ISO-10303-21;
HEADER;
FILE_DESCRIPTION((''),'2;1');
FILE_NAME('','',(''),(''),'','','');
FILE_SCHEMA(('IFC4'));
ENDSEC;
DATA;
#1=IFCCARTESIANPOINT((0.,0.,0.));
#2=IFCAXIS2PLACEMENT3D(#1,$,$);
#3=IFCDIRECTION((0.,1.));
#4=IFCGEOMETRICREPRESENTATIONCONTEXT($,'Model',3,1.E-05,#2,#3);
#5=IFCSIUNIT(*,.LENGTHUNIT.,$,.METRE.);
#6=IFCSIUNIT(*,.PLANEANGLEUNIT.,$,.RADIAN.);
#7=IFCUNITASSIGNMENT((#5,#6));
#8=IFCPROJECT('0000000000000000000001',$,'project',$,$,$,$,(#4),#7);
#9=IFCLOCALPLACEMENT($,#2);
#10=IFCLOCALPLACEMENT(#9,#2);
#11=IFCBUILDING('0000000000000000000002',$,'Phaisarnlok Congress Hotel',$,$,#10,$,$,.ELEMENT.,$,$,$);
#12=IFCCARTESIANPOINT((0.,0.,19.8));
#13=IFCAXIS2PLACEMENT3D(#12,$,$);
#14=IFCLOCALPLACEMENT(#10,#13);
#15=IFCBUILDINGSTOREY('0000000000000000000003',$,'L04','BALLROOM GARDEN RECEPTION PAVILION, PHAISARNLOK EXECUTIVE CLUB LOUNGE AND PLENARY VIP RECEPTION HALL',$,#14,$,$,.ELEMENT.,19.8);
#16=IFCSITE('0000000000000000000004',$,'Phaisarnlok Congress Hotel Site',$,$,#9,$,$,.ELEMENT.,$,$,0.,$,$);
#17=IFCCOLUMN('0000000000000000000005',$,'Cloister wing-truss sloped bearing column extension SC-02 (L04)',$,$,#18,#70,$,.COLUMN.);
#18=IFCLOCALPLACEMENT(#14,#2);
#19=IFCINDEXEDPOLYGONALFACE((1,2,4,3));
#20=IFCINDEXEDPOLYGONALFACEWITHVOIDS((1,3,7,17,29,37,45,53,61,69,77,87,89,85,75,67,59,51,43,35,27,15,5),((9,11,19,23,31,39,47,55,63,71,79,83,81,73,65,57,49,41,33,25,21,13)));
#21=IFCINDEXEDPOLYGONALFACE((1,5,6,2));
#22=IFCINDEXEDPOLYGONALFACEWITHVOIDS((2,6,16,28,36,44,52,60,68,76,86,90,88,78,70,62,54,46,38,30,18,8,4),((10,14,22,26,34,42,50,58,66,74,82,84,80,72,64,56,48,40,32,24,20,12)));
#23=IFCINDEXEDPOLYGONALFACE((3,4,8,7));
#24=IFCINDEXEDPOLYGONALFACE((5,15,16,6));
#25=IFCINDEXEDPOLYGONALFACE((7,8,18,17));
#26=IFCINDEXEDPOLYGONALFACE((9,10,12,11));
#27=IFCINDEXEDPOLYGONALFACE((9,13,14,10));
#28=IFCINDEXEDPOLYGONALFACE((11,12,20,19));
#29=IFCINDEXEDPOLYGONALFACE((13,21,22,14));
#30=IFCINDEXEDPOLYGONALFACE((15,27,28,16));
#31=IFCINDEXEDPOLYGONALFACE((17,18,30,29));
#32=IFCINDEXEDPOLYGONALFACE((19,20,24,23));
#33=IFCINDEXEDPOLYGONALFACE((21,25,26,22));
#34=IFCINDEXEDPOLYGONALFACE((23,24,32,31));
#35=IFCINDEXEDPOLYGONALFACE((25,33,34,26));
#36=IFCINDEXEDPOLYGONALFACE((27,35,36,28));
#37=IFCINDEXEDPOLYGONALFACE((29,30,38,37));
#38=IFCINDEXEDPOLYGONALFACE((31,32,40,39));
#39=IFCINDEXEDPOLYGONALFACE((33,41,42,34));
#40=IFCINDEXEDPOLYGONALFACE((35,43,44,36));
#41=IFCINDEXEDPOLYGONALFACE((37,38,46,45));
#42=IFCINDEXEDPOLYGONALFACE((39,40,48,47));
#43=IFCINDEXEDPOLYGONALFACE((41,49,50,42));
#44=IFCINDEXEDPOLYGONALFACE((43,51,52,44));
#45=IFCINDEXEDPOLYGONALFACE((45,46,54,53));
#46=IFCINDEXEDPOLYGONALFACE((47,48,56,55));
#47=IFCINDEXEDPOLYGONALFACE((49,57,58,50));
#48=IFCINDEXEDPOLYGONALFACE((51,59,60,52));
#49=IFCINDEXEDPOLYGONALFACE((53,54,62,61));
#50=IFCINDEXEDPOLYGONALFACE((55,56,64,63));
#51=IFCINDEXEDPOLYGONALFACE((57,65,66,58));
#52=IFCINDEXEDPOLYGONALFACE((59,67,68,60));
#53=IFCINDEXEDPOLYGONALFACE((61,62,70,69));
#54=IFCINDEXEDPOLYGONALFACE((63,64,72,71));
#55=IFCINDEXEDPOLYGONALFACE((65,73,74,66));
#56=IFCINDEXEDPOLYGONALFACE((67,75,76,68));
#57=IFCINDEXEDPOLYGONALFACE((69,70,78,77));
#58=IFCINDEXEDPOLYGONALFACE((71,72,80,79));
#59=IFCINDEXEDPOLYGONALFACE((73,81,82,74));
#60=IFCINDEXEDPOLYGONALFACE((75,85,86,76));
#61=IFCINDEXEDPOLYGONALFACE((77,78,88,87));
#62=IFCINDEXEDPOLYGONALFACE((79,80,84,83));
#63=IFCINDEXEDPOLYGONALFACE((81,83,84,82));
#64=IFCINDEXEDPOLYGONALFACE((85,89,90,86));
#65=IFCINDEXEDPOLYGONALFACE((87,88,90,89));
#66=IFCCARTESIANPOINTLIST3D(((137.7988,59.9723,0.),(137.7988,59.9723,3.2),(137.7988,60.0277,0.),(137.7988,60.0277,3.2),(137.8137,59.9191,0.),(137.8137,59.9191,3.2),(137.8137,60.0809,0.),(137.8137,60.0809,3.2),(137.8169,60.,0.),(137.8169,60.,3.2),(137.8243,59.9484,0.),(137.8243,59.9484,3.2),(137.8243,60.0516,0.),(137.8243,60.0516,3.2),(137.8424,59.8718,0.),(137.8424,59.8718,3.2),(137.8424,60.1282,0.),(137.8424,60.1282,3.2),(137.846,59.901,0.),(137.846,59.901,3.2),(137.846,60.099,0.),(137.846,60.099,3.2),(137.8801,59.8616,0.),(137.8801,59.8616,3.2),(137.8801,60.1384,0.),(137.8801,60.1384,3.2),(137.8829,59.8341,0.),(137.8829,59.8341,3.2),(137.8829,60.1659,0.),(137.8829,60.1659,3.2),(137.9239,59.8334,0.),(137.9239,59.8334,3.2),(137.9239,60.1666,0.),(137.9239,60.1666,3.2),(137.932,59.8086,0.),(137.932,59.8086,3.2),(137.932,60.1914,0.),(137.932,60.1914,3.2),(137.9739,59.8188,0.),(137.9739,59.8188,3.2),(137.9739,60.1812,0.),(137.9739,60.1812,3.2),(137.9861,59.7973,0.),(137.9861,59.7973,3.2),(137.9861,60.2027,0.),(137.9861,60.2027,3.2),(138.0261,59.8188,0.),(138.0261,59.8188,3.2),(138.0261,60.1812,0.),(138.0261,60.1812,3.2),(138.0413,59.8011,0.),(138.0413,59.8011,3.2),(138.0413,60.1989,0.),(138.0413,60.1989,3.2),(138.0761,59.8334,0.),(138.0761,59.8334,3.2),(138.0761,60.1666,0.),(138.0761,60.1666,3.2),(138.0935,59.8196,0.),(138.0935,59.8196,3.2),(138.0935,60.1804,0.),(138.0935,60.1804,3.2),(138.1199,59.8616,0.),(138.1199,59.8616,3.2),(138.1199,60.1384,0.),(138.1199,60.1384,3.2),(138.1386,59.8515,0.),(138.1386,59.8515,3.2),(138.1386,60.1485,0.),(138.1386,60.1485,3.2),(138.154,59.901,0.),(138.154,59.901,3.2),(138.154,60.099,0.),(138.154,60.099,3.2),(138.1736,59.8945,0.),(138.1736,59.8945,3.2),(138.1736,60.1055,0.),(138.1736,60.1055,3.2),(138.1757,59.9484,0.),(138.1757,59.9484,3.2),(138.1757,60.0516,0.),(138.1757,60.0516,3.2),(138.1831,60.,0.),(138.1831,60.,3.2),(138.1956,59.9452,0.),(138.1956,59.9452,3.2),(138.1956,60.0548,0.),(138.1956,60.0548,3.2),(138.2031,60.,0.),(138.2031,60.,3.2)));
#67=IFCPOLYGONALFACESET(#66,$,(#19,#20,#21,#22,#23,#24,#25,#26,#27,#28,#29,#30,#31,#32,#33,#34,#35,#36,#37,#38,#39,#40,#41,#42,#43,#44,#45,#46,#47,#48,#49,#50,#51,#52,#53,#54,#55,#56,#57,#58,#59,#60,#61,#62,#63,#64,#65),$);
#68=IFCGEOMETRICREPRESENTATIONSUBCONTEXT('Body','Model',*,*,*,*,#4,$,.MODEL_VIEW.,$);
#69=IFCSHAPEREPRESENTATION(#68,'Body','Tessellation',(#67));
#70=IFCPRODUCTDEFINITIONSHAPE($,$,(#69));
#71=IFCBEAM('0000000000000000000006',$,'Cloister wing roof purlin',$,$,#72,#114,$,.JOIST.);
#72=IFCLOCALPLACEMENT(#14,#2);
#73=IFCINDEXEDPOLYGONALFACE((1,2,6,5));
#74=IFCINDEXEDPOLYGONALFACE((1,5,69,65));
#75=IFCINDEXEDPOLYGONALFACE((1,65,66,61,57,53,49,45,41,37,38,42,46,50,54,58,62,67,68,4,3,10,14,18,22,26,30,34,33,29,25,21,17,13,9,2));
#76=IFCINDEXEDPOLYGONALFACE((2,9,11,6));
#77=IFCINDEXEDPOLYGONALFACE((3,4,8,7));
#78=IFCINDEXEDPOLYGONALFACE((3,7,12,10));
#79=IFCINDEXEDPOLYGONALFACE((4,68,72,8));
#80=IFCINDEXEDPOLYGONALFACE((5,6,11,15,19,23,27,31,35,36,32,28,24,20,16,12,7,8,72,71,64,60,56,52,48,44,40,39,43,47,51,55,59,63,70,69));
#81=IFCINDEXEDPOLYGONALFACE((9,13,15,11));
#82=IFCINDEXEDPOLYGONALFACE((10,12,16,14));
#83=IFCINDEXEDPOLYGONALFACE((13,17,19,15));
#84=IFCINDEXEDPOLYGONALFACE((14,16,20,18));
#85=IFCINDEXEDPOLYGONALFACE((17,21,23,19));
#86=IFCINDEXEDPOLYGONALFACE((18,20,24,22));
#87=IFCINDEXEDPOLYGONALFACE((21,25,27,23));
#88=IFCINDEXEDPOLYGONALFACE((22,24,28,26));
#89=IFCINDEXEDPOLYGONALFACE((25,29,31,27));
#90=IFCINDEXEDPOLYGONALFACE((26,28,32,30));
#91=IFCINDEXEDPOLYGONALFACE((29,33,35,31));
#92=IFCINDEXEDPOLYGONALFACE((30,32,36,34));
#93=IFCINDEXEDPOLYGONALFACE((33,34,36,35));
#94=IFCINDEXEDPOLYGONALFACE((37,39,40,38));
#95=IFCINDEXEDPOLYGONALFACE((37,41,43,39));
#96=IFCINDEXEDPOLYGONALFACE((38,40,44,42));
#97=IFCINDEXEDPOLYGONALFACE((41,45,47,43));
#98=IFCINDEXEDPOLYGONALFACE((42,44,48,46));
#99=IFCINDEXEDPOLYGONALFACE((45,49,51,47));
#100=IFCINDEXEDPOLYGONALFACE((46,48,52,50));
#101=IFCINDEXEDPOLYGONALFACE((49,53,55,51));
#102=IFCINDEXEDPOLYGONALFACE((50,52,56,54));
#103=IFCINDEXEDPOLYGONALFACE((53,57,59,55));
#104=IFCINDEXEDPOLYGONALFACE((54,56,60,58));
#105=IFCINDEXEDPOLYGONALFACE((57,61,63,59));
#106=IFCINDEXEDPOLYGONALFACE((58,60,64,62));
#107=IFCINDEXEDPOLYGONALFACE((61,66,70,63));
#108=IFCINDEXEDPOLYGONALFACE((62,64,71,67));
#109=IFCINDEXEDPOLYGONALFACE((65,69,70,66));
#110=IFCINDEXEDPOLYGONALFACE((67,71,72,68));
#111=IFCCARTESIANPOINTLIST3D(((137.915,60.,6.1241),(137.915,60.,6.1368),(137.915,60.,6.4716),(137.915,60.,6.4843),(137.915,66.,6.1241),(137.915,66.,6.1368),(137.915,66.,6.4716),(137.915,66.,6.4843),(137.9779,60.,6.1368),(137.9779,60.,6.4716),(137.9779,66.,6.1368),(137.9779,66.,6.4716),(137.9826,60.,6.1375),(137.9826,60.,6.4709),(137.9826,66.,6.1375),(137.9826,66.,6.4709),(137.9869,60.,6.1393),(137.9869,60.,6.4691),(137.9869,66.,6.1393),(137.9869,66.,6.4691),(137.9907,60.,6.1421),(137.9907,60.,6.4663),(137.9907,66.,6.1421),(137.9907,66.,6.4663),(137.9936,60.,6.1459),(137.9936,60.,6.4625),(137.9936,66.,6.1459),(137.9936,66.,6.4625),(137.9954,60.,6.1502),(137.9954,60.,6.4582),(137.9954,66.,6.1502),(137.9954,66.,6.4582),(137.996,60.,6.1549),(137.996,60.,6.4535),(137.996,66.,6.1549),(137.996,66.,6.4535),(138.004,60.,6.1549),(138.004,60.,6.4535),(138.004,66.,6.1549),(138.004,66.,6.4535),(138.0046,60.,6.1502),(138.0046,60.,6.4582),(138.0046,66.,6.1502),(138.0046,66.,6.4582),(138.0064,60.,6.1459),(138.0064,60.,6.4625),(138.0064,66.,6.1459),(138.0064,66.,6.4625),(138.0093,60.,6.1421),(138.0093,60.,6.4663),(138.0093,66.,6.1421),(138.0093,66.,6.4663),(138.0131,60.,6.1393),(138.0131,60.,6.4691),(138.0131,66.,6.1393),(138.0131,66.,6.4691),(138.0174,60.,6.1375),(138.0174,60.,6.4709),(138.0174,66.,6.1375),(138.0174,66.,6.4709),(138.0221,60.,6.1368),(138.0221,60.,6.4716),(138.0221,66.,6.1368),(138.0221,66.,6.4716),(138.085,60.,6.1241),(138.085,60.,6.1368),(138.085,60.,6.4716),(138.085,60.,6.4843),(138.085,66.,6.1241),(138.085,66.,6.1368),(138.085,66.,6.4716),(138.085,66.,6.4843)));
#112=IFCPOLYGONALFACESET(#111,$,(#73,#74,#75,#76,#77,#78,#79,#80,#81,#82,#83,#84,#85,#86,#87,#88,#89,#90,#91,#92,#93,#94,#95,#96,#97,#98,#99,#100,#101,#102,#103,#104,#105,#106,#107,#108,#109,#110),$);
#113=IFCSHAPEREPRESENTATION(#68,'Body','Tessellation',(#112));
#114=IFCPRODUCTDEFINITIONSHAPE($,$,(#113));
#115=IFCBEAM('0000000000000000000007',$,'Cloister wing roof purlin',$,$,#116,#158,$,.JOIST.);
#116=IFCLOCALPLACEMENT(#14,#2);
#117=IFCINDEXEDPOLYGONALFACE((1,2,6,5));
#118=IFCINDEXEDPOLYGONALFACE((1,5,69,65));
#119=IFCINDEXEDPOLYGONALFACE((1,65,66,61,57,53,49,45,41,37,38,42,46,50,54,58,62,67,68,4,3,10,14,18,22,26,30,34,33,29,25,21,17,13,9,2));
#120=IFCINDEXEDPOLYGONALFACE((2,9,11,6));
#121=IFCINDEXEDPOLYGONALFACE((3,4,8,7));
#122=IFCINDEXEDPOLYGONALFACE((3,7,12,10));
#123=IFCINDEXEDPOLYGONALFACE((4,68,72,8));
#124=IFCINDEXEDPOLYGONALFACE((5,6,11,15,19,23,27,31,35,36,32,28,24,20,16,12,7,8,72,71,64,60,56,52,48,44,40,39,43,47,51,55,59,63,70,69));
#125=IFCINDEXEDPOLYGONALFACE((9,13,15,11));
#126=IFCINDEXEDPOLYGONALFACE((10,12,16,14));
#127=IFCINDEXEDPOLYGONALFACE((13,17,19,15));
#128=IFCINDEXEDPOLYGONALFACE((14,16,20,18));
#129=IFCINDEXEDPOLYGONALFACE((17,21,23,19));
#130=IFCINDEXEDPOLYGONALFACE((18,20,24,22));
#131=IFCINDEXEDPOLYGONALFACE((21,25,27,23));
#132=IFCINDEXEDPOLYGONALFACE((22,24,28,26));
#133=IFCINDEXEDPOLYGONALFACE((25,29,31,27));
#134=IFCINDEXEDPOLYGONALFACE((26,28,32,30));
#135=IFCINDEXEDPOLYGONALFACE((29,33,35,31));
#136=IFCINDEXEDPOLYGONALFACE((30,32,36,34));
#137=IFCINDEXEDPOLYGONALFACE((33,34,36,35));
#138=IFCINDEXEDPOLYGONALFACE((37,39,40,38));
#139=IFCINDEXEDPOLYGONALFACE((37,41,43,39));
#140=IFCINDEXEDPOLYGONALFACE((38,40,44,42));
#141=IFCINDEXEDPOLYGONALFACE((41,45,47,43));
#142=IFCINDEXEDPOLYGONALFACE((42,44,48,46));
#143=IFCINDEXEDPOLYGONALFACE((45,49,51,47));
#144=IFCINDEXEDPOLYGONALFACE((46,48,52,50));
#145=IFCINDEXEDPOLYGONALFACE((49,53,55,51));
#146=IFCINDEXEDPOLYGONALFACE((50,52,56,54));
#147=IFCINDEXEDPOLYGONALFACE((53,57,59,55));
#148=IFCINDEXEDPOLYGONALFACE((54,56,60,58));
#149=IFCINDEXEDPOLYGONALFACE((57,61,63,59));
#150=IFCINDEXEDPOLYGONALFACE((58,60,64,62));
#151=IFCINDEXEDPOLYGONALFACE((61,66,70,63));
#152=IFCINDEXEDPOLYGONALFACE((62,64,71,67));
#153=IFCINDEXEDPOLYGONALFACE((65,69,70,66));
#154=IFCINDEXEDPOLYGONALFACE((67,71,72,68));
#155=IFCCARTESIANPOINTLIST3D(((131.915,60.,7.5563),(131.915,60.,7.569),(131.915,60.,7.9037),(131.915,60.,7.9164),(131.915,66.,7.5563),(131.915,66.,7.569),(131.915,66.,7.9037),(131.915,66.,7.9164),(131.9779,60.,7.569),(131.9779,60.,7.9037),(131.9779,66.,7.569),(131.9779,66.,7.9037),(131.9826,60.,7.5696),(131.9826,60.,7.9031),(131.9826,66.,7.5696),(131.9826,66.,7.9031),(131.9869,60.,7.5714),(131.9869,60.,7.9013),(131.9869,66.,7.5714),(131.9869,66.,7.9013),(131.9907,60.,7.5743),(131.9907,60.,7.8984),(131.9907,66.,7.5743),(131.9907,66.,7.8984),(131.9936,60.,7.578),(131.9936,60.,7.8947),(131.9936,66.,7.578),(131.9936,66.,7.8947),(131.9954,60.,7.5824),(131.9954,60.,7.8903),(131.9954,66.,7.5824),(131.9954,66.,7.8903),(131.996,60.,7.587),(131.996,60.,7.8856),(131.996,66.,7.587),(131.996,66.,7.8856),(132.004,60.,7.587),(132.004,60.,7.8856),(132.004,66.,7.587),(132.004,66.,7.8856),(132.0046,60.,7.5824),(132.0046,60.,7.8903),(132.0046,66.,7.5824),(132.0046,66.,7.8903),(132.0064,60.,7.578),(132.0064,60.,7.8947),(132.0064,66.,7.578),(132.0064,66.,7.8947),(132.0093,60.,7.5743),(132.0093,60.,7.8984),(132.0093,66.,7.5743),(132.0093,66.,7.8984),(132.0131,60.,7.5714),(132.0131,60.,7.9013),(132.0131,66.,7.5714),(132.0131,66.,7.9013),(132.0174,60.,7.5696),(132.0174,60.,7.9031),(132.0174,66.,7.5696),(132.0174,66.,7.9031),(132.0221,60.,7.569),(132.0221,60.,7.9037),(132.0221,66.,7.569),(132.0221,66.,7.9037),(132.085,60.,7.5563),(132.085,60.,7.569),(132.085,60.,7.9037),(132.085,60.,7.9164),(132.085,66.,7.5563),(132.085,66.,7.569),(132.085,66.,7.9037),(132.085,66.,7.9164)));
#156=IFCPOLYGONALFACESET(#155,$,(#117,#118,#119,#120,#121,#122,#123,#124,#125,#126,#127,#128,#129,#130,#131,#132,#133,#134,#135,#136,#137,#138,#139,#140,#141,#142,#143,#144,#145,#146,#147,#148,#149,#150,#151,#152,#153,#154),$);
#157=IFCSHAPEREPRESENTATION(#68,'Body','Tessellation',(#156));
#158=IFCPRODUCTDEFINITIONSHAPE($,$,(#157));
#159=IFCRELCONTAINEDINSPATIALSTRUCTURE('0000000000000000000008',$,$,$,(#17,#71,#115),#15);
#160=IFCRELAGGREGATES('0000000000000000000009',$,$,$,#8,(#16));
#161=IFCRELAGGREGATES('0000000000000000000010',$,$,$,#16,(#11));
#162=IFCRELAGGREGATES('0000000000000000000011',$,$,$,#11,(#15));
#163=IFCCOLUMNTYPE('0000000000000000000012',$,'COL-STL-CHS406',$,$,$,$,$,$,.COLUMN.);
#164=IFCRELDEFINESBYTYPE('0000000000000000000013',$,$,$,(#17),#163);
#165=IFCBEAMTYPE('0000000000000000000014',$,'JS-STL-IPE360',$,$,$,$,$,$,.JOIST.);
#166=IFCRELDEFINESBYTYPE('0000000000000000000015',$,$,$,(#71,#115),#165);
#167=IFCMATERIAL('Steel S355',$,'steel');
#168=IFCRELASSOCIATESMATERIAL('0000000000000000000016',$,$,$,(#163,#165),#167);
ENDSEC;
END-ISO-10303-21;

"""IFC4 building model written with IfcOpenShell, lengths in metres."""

from ifc_helpers import new_model, si_unit, direction, frame, origin, origin_2d, place, context, subcontext, project, spatial, hollow_circle, i_section, extrude, material, material_profile, profile_set, type_object, element, save


model = new_model("IFC4")

# Units and contexts
model_context = context("Model", 3, precision=1e-05, world=origin(), true_north=direction((0.0, 1.0)))
body_context = subcontext(model_context, "Body", "Model", "MODEL_VIEW")
ifc_project = project(units=[si_unit("LENGTHUNIT", "METRE"), si_unit("PLANEANGLEUNIT", "RADIAN")], contexts=[model_context])

# Site, building, storey
site_placement = place(None, origin())
site = spatial("IfcSite", under=ifc_project, at=site_placement, Name="Phaisarnlok Congress Hotel Site", CompositionType="ELEMENT", RefElevation=0.0)
building_placement = place(site_placement, origin())
building = spatial("IfcBuilding", under=site, at=building_placement, Name="Phaisarnlok Congress Hotel", CompositionType="ELEMENT")
storey_placement = place(building_placement, frame((0.0, 0.0, 19.8)))
storey = spatial("IfcBuildingStorey", under=building, at=storey_placement, Name="L04", Description="BALLROOM GARDEN RECEPTION PAVILION, PHAISARNLOK EXECUTIVE CLUB LOUNGE AND PLENARY VIP RECEPTION HALL", CompositionType="ELEMENT", Elevation=19.8)

# Column
ifc_material_1 = material(Name="Steel S355", Category="steel")
ifc_material_profile_1 = material_profile(ifc_material_1, hollow_circle(Radius=0.2031, WallThickness=0.02, at=origin_2d()), Name="CHS 406.4x20")
ifc_profile_set_1 = profile_set([ifc_material_profile_1], Name="Steel S355")
column_type = type_object("IfcColumnType", Name="COL-STL-CHS406", PredefinedType="COLUMN", material=ifc_profile_set_1)
column_placement = place(storey_placement, frame((138.0, 60.0, 0.0), z_axis=(0.0, 0.0, 1.0), x_axis=(1.0, 0.0, 0.0)))
element("IfcColumn", 1, at=column_placement, inside=storey, type_object=column_type, Name="Cloister wing-truss sloped bearing column extension SC-02 (L04)", PredefinedType="COLUMN", context=body_context, shape_type="SweptSolid", body=[
    extrude(hollow_circle(Radius=0.2031, WallThickness=0.02, at=origin_2d()), origin(), (0.0, 0.0, 1.0), 3.2),
])

# Beams
ifc_material_profile_2 = material_profile(ifc_material_1, i_section(OverallWidth=0.1699, OverallDepth=0.3601, WebThickness=0.0081, FlangeThickness=0.0127, FilletRadius=0.0181, at=origin_2d()), Name="IPE 360")
ifc_profile_set_2 = profile_set([ifc_material_profile_2], Name="Steel S355")
beam_type = type_object("IfcBeamType", Name="JS-STL-IPE360", PredefinedType="JOIST", material=ifc_profile_set_2)
for number, where, z_axis, x_axis, name in (
    (2, (138.0, 60.0, 6.3042), (0.0, 1.0, 0.0), (-1.0, 0.0, 0.0), "Cloister wing roof purlin"),
    (3, (132.0, 60.0, 7.7363), (0.0, 1.0, 0.0), (-1.0, 0.0, 0.0), "Cloister wing roof purlin"),
):
    element("IfcBeam", number, at=place(storey_placement, frame(where, z_axis=z_axis, x_axis=x_axis)), inside=storey, type_object=beam_type, Name=name, PredefinedType="JOIST", context=body_context, shape_type="SweptSolid", body=[
        extrude(i_section(OverallWidth=0.1699, OverallDepth=0.3601, WebThickness=0.0081, FlangeThickness=0.0127, FilletRadius=0.0181, at=origin_2d()), origin(), (0.0, 0.0, 1.0), 6.0),
    ])

save(model, "model.ifc")
